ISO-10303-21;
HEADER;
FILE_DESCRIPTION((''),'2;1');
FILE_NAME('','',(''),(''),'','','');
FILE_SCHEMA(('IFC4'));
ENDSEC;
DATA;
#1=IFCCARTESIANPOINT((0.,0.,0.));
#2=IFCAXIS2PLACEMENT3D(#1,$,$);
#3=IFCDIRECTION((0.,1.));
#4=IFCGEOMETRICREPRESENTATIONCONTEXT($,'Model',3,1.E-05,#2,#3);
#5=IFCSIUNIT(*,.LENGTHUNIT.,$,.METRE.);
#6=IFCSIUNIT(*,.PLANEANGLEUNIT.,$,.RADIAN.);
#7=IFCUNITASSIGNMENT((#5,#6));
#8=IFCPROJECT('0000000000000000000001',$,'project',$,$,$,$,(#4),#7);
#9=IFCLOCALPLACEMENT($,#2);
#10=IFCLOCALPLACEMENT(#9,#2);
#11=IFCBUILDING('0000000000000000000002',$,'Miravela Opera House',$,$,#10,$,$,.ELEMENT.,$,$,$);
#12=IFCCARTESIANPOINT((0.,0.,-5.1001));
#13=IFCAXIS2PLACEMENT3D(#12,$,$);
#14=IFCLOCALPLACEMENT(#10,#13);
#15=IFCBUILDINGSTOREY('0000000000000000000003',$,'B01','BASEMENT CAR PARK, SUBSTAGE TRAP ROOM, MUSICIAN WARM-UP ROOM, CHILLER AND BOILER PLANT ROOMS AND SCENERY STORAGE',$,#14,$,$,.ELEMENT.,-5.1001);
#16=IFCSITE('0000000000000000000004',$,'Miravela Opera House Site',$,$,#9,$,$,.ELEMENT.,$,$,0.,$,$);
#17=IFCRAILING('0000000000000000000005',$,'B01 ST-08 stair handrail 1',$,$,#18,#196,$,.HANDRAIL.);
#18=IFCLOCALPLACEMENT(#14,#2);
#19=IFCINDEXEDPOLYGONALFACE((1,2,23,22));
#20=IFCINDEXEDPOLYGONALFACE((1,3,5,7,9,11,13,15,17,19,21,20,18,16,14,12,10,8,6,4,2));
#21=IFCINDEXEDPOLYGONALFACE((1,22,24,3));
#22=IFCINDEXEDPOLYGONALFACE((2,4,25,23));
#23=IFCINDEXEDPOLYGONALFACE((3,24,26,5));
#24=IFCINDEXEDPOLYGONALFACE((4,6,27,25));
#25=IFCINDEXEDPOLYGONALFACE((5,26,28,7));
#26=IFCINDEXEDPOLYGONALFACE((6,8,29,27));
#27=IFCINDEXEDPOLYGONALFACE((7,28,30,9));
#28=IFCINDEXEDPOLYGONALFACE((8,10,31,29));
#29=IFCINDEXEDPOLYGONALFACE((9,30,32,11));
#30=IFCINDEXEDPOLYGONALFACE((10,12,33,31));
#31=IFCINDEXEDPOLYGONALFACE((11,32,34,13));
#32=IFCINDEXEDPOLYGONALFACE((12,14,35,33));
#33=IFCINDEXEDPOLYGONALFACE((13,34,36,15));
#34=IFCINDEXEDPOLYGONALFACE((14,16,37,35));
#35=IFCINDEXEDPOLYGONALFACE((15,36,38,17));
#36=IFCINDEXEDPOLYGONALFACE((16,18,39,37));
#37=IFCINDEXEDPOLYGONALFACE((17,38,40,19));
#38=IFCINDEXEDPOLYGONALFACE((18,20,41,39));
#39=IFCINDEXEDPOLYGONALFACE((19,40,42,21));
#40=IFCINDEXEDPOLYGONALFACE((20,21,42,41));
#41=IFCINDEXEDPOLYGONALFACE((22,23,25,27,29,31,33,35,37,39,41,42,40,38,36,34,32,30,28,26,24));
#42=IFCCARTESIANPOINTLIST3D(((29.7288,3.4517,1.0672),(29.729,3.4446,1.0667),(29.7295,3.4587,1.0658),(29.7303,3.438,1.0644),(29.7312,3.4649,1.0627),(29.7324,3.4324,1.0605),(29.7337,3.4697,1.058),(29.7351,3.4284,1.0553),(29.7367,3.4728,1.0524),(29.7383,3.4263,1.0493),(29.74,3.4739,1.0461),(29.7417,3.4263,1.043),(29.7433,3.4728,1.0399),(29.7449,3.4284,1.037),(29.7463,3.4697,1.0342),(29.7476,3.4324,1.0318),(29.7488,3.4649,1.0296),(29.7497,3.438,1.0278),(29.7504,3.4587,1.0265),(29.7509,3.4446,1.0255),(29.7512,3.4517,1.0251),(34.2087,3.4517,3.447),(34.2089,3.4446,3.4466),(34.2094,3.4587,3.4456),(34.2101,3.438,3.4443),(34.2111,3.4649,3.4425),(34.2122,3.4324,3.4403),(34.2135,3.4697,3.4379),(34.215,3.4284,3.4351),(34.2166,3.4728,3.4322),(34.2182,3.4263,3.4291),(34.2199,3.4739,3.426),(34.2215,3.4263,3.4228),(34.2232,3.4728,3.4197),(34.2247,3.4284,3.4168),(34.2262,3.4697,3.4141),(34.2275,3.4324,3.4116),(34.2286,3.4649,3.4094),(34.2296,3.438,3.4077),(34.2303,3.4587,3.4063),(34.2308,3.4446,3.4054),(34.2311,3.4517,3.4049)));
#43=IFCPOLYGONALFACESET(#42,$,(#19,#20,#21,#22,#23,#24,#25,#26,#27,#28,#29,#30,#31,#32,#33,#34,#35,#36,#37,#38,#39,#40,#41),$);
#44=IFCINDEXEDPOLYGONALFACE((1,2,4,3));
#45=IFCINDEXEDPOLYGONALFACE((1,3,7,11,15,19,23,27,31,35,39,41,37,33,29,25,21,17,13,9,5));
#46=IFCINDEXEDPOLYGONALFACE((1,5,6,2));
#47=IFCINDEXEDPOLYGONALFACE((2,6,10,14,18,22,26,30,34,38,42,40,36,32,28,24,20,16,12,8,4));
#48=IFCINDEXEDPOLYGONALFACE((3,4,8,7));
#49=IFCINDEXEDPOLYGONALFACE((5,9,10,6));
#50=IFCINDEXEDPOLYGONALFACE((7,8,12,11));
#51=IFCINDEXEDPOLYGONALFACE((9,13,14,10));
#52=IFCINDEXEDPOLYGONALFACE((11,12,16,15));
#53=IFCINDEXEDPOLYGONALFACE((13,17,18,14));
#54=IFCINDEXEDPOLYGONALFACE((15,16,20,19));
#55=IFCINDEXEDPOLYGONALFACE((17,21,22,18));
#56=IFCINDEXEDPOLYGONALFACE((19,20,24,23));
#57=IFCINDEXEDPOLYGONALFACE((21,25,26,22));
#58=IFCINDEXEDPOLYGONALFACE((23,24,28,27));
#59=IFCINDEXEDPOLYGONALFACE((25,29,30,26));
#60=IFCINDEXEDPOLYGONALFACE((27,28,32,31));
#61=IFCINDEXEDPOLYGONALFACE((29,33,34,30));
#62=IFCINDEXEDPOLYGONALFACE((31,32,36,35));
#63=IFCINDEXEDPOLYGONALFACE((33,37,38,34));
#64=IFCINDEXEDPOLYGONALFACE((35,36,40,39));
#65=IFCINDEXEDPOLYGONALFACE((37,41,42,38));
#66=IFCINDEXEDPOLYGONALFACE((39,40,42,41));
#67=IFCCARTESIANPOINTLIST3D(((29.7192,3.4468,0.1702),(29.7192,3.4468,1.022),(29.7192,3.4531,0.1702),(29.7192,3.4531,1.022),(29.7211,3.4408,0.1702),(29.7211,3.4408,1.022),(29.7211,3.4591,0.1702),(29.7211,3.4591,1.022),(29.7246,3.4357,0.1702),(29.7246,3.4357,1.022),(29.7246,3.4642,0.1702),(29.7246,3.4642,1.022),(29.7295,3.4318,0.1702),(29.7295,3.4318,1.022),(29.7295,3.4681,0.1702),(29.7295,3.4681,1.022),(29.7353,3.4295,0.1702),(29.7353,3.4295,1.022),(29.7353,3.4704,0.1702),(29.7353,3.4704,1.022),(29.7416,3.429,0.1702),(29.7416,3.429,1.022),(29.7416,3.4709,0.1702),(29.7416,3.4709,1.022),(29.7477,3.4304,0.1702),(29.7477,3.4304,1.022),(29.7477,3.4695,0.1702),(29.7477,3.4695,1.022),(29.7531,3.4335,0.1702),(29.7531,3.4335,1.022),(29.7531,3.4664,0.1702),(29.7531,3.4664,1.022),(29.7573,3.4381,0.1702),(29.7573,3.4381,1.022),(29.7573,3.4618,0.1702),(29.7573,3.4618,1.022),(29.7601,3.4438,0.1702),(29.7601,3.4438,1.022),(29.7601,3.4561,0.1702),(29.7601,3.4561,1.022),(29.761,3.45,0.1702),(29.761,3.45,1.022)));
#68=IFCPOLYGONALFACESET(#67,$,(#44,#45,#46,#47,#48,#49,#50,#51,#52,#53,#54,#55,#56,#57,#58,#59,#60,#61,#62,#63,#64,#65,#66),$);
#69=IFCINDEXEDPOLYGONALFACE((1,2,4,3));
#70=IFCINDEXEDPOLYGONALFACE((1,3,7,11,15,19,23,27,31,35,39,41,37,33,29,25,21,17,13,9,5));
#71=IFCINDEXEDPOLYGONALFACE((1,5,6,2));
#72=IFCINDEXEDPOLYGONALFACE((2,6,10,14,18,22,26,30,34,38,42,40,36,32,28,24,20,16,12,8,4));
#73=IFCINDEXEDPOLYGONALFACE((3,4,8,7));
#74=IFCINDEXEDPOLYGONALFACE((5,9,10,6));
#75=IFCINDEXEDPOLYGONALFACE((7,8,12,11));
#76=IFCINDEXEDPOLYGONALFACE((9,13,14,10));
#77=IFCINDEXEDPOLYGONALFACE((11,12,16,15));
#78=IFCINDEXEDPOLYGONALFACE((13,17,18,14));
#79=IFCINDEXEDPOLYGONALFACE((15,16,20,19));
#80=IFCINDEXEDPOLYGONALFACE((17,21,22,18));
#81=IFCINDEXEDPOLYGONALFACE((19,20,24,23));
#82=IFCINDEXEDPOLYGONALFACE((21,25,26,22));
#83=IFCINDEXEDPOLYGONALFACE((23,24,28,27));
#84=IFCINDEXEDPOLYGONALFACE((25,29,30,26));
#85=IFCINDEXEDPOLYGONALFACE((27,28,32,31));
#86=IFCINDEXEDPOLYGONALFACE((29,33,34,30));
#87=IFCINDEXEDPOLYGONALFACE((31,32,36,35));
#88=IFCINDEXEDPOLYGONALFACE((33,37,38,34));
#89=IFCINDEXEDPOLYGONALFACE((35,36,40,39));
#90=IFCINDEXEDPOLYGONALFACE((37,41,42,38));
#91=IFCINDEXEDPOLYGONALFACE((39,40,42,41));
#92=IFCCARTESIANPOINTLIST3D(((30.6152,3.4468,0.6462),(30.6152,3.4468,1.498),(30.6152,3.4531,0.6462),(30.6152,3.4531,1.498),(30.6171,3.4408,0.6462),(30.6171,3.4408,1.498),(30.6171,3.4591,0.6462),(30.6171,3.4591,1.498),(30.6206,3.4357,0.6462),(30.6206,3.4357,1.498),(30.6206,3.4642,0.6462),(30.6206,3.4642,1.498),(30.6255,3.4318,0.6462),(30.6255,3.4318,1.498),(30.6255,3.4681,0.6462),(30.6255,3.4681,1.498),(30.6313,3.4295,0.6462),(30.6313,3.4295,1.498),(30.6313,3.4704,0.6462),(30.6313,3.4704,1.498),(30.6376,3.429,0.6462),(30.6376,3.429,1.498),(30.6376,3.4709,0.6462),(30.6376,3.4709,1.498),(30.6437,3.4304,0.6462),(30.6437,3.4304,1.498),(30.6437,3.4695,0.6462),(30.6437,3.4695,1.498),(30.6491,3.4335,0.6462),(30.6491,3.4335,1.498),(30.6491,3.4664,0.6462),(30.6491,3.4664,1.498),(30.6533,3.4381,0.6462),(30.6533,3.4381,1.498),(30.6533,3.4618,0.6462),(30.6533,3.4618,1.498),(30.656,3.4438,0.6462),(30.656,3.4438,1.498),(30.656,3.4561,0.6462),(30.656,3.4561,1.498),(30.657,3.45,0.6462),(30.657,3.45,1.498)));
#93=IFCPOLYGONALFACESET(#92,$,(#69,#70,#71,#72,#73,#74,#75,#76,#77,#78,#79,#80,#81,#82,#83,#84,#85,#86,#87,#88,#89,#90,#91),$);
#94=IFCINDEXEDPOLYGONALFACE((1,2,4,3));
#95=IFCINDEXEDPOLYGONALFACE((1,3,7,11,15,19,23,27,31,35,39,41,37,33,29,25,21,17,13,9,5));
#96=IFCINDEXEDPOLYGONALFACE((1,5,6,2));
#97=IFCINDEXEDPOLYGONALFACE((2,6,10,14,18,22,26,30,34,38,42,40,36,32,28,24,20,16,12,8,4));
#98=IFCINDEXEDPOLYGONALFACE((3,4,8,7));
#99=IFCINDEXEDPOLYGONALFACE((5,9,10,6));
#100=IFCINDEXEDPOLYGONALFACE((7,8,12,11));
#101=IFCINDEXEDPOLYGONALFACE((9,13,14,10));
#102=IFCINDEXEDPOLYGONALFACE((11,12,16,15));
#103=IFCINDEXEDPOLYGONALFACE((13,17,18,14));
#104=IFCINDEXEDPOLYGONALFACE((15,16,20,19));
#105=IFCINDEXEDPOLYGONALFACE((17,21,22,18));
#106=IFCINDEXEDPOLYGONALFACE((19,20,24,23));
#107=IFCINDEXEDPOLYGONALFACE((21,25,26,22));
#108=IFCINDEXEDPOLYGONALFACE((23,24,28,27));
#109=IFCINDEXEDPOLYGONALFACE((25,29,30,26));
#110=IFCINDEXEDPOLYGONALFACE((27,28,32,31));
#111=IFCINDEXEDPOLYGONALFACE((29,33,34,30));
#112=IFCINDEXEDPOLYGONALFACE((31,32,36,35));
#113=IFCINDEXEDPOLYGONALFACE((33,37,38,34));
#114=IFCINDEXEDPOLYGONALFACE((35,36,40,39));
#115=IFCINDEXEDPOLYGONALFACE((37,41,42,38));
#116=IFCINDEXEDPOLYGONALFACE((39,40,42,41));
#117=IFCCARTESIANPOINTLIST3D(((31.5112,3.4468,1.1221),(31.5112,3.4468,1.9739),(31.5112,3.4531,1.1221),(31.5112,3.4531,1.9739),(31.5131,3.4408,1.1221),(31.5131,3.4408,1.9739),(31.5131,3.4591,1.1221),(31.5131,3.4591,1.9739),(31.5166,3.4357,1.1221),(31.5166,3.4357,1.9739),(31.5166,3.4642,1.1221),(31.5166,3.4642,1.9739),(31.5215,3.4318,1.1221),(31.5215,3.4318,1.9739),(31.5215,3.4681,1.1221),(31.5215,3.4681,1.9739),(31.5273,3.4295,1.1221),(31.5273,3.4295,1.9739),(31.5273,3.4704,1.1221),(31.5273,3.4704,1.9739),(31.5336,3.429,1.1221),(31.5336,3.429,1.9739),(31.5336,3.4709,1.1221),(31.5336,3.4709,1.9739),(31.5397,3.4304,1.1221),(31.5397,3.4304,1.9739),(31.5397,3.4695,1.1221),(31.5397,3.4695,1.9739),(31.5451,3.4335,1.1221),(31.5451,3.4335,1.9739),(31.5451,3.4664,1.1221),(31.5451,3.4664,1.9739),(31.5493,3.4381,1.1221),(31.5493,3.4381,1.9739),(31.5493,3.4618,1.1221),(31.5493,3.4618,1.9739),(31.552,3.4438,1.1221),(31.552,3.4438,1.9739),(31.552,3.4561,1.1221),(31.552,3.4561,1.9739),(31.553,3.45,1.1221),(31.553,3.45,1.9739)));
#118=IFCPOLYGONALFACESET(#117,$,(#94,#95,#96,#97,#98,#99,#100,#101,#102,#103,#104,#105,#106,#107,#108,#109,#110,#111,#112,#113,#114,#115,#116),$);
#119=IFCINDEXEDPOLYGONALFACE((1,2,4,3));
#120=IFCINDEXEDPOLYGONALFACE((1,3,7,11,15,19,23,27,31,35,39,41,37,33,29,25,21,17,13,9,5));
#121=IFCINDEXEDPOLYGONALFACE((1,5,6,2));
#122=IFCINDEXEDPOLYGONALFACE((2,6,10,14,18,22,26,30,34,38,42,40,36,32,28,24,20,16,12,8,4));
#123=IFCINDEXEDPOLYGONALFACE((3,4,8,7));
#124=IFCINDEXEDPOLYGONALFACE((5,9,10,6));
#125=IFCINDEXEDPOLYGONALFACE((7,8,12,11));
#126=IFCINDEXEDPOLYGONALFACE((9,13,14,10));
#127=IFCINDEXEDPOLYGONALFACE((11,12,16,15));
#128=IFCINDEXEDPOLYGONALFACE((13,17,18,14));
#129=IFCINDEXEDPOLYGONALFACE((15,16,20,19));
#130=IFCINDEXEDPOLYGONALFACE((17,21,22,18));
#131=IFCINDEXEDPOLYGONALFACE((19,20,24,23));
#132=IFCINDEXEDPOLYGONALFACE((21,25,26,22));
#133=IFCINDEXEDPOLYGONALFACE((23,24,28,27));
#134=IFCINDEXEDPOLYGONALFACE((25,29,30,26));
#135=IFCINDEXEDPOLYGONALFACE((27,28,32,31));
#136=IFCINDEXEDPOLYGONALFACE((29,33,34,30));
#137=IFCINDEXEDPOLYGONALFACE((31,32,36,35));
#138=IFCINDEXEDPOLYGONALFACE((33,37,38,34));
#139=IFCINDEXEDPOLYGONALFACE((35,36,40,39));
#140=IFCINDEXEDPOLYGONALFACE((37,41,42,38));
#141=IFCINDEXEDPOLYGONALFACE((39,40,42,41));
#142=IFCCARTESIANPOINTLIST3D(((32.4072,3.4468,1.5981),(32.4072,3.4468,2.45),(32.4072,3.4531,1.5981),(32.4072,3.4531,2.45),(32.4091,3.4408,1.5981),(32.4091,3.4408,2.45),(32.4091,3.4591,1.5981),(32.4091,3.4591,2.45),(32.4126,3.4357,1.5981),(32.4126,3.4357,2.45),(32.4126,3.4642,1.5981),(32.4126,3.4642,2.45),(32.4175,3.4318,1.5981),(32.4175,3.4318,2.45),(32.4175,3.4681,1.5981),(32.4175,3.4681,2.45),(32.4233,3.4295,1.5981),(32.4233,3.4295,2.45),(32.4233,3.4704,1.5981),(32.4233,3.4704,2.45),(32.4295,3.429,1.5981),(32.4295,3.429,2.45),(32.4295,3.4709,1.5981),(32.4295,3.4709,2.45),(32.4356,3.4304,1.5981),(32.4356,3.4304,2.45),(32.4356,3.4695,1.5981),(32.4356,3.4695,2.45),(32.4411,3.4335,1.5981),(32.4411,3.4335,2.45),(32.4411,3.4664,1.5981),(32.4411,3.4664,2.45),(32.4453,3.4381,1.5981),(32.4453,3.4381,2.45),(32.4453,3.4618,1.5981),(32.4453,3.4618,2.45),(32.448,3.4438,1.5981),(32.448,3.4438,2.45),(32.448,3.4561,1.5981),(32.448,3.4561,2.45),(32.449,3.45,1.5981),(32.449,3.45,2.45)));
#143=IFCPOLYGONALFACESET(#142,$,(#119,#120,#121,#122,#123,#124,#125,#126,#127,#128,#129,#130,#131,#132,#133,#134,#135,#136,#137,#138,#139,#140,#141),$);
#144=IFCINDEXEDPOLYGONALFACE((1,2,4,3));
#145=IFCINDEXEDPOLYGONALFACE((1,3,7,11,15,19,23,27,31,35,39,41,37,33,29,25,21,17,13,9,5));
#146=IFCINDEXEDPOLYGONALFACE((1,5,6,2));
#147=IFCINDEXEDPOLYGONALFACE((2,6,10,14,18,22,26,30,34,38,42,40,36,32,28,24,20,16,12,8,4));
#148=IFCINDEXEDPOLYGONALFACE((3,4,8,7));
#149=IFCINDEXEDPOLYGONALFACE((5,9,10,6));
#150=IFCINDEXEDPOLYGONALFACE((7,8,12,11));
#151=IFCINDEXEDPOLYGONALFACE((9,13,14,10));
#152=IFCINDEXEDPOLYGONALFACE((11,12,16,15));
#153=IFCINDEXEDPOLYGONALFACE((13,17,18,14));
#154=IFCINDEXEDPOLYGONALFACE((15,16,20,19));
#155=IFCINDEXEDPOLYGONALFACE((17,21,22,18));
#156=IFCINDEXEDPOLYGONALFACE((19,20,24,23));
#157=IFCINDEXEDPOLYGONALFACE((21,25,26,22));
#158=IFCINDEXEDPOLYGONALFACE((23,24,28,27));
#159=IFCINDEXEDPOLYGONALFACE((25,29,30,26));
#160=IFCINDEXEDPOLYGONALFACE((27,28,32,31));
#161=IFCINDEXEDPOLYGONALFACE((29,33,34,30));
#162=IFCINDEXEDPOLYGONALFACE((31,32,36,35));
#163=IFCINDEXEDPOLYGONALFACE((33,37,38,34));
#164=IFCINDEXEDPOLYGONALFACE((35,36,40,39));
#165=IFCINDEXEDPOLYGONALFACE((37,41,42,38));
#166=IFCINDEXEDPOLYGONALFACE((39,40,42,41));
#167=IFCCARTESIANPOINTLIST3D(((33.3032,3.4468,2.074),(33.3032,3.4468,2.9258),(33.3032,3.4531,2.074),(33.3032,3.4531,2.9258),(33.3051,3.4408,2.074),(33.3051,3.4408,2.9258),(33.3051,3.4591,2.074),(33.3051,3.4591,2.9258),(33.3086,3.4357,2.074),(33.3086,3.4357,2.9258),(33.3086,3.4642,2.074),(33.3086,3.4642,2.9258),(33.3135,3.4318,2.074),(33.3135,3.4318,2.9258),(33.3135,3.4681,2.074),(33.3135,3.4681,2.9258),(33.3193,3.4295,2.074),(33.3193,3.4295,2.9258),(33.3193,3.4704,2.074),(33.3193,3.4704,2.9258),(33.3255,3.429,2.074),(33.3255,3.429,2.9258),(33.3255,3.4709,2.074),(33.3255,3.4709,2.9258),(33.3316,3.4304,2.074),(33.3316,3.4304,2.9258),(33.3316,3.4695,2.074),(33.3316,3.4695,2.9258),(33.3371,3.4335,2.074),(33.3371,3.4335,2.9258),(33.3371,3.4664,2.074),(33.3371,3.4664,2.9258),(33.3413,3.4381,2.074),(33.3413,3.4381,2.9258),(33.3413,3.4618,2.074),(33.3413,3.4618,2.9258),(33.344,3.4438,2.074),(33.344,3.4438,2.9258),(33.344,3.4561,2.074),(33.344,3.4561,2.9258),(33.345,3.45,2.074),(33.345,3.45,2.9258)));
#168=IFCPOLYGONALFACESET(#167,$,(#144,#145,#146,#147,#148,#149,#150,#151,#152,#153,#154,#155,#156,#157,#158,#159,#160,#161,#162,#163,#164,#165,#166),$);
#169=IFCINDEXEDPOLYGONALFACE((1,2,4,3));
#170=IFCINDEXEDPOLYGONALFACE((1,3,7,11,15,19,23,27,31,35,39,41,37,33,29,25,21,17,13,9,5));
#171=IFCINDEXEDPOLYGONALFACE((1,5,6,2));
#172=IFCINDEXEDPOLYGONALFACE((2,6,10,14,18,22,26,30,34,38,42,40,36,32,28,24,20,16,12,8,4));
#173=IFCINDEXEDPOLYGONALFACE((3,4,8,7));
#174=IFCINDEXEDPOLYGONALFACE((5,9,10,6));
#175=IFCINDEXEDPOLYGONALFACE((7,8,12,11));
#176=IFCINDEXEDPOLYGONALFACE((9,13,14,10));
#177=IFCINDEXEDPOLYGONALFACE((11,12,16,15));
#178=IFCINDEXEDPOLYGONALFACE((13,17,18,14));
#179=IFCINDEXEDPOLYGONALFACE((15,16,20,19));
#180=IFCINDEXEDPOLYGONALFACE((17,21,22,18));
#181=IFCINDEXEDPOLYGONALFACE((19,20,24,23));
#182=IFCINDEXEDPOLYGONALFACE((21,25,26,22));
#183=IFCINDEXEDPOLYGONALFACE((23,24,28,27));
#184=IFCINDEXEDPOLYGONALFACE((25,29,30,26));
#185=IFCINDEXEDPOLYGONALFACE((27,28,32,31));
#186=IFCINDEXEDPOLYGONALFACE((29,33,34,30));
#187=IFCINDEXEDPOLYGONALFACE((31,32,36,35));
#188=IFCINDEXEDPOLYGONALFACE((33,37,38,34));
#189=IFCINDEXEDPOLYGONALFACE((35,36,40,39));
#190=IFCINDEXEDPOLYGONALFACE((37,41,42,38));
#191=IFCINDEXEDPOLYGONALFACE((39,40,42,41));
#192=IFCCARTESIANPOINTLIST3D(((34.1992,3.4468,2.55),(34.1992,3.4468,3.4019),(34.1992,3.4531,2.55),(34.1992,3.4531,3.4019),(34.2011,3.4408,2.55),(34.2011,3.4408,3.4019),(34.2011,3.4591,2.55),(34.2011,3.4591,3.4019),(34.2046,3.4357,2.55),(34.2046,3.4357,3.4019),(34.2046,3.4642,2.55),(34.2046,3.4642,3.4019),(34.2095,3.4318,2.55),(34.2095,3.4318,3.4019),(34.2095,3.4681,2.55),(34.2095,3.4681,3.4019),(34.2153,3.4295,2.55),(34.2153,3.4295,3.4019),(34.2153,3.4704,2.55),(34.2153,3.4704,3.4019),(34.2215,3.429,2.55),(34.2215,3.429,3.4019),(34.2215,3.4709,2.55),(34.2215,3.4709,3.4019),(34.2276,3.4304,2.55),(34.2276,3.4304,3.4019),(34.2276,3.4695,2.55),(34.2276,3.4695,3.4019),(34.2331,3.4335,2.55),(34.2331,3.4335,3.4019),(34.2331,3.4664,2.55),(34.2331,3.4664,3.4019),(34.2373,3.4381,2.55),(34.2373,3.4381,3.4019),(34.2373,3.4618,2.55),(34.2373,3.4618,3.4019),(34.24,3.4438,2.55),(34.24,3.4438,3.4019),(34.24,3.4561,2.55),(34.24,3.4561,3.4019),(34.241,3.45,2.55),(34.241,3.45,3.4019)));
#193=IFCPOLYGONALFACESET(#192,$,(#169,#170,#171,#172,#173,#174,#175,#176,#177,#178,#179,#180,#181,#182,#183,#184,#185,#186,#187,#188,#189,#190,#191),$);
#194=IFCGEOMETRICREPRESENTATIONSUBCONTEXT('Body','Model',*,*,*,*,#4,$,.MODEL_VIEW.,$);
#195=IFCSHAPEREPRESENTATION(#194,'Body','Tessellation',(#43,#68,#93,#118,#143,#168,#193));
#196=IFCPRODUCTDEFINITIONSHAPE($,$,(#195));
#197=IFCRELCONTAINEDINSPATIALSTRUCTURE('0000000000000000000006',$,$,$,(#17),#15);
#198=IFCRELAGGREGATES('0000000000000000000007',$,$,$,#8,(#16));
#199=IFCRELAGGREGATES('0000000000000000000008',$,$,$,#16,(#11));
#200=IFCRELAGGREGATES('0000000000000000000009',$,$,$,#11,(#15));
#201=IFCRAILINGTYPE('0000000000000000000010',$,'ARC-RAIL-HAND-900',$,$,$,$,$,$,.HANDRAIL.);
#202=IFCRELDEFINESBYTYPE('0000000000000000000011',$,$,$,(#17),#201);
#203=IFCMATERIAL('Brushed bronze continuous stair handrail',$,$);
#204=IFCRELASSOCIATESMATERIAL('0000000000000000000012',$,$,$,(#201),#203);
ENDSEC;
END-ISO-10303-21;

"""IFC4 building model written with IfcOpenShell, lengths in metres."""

from ifc_helpers import new_model, si_unit, direction, frame, origin, origin_2d, place, context, subcontext, project, spatial, circle, extrude, material, type_object, element, save


model = new_model("IFC4")

# Units and contexts
model_context = context("Model", 3, precision=1e-05, world=origin(), true_north=direction((0.0, 1.0)))
body_context = subcontext(model_context, "Body", "Model", "MODEL_VIEW")
ifc_project = project(units=[si_unit("LENGTHUNIT", "METRE"), si_unit("PLANEANGLEUNIT", "RADIAN")], contexts=[model_context])

# Site, building, storey
site_placement = place(None, origin())
site = spatial("IfcSite", under=ifc_project, at=site_placement, Name="Miravela Opera House Site", CompositionType="ELEMENT", RefElevation=0.0)
building_placement = place(site_placement, origin())
building = spatial("IfcBuilding", under=site, at=building_placement, Name="Miravela Opera House", CompositionType="ELEMENT")
storey_placement = place(building_placement, frame((0.0, 0.0, -5.1001)))
storey = spatial("IfcBuildingStorey", under=building, at=storey_placement, Name="B01", Description="BASEMENT CAR PARK, SUBSTAGE TRAP ROOM, MUSICIAN WARM-UP ROOM, CHILLER AND BOILER PLANT ROOMS AND SCENERY STORAGE", CompositionType="ELEMENT", Elevation=-5.1001)

# Railing
ifc_material_1 = material(Name="Brushed bronze continuous stair handrail")
railing_type_1 = type_object("IfcRailingType", Name="ARC-RAIL-HAND-900", PredefinedType="HANDRAIL", material=ifc_material_1)
railing_1_placement = place(storey_placement, frame((29.74, 3.45, 0.1702)))
element("IfcRailing", 1, at=railing_1_placement, inside=storey, type_object=railing_type_1, Name="B01 ST-08 stair handrail 1", PredefinedType="HANDRAIL", context=body_context, shape_type="SweptSolid", body=[
    extrude(circle(Radius=0.0239, at=origin_2d()), frame((0.0, 0.0, 0.876), z_axis=(0.883124, 0.0, 0.469139), x_axis=(0.0, 1.0, 0.0)), (0.0, 0.0, 1.0), 5.0728),
    extrude(circle(Radius=0.021, at=origin_2d()), origin(), (0.0, 0.0, 1.0), 0.8518),
    extrude(circle(Radius=0.021, at=origin_2d()), frame((0.896, 0.0, 0.4761)), (0.0, 0.0, 1.0), 0.8518),
    extrude(circle(Radius=0.021, at=origin_2d()), frame((1.792, 0.0, 0.9519)), (0.0, 0.0, 1.0), 0.8518),
    extrude(circle(Radius=0.021, at=origin_2d()), frame((2.688, 0.0, 1.428)), (0.0, 0.0, 1.0), 0.8518),
    extrude(circle(Radius=0.021, at=origin_2d()), frame((3.584, 0.0, 1.9038)), (0.0, 0.0, 1.0), 0.8518),
    extrude(circle(Radius=0.021, at=origin_2d()), frame((4.48, 0.0, 2.3799)), (0.0, 0.0, 1.0), 0.8518),
])

save(model, "model.ifc")
